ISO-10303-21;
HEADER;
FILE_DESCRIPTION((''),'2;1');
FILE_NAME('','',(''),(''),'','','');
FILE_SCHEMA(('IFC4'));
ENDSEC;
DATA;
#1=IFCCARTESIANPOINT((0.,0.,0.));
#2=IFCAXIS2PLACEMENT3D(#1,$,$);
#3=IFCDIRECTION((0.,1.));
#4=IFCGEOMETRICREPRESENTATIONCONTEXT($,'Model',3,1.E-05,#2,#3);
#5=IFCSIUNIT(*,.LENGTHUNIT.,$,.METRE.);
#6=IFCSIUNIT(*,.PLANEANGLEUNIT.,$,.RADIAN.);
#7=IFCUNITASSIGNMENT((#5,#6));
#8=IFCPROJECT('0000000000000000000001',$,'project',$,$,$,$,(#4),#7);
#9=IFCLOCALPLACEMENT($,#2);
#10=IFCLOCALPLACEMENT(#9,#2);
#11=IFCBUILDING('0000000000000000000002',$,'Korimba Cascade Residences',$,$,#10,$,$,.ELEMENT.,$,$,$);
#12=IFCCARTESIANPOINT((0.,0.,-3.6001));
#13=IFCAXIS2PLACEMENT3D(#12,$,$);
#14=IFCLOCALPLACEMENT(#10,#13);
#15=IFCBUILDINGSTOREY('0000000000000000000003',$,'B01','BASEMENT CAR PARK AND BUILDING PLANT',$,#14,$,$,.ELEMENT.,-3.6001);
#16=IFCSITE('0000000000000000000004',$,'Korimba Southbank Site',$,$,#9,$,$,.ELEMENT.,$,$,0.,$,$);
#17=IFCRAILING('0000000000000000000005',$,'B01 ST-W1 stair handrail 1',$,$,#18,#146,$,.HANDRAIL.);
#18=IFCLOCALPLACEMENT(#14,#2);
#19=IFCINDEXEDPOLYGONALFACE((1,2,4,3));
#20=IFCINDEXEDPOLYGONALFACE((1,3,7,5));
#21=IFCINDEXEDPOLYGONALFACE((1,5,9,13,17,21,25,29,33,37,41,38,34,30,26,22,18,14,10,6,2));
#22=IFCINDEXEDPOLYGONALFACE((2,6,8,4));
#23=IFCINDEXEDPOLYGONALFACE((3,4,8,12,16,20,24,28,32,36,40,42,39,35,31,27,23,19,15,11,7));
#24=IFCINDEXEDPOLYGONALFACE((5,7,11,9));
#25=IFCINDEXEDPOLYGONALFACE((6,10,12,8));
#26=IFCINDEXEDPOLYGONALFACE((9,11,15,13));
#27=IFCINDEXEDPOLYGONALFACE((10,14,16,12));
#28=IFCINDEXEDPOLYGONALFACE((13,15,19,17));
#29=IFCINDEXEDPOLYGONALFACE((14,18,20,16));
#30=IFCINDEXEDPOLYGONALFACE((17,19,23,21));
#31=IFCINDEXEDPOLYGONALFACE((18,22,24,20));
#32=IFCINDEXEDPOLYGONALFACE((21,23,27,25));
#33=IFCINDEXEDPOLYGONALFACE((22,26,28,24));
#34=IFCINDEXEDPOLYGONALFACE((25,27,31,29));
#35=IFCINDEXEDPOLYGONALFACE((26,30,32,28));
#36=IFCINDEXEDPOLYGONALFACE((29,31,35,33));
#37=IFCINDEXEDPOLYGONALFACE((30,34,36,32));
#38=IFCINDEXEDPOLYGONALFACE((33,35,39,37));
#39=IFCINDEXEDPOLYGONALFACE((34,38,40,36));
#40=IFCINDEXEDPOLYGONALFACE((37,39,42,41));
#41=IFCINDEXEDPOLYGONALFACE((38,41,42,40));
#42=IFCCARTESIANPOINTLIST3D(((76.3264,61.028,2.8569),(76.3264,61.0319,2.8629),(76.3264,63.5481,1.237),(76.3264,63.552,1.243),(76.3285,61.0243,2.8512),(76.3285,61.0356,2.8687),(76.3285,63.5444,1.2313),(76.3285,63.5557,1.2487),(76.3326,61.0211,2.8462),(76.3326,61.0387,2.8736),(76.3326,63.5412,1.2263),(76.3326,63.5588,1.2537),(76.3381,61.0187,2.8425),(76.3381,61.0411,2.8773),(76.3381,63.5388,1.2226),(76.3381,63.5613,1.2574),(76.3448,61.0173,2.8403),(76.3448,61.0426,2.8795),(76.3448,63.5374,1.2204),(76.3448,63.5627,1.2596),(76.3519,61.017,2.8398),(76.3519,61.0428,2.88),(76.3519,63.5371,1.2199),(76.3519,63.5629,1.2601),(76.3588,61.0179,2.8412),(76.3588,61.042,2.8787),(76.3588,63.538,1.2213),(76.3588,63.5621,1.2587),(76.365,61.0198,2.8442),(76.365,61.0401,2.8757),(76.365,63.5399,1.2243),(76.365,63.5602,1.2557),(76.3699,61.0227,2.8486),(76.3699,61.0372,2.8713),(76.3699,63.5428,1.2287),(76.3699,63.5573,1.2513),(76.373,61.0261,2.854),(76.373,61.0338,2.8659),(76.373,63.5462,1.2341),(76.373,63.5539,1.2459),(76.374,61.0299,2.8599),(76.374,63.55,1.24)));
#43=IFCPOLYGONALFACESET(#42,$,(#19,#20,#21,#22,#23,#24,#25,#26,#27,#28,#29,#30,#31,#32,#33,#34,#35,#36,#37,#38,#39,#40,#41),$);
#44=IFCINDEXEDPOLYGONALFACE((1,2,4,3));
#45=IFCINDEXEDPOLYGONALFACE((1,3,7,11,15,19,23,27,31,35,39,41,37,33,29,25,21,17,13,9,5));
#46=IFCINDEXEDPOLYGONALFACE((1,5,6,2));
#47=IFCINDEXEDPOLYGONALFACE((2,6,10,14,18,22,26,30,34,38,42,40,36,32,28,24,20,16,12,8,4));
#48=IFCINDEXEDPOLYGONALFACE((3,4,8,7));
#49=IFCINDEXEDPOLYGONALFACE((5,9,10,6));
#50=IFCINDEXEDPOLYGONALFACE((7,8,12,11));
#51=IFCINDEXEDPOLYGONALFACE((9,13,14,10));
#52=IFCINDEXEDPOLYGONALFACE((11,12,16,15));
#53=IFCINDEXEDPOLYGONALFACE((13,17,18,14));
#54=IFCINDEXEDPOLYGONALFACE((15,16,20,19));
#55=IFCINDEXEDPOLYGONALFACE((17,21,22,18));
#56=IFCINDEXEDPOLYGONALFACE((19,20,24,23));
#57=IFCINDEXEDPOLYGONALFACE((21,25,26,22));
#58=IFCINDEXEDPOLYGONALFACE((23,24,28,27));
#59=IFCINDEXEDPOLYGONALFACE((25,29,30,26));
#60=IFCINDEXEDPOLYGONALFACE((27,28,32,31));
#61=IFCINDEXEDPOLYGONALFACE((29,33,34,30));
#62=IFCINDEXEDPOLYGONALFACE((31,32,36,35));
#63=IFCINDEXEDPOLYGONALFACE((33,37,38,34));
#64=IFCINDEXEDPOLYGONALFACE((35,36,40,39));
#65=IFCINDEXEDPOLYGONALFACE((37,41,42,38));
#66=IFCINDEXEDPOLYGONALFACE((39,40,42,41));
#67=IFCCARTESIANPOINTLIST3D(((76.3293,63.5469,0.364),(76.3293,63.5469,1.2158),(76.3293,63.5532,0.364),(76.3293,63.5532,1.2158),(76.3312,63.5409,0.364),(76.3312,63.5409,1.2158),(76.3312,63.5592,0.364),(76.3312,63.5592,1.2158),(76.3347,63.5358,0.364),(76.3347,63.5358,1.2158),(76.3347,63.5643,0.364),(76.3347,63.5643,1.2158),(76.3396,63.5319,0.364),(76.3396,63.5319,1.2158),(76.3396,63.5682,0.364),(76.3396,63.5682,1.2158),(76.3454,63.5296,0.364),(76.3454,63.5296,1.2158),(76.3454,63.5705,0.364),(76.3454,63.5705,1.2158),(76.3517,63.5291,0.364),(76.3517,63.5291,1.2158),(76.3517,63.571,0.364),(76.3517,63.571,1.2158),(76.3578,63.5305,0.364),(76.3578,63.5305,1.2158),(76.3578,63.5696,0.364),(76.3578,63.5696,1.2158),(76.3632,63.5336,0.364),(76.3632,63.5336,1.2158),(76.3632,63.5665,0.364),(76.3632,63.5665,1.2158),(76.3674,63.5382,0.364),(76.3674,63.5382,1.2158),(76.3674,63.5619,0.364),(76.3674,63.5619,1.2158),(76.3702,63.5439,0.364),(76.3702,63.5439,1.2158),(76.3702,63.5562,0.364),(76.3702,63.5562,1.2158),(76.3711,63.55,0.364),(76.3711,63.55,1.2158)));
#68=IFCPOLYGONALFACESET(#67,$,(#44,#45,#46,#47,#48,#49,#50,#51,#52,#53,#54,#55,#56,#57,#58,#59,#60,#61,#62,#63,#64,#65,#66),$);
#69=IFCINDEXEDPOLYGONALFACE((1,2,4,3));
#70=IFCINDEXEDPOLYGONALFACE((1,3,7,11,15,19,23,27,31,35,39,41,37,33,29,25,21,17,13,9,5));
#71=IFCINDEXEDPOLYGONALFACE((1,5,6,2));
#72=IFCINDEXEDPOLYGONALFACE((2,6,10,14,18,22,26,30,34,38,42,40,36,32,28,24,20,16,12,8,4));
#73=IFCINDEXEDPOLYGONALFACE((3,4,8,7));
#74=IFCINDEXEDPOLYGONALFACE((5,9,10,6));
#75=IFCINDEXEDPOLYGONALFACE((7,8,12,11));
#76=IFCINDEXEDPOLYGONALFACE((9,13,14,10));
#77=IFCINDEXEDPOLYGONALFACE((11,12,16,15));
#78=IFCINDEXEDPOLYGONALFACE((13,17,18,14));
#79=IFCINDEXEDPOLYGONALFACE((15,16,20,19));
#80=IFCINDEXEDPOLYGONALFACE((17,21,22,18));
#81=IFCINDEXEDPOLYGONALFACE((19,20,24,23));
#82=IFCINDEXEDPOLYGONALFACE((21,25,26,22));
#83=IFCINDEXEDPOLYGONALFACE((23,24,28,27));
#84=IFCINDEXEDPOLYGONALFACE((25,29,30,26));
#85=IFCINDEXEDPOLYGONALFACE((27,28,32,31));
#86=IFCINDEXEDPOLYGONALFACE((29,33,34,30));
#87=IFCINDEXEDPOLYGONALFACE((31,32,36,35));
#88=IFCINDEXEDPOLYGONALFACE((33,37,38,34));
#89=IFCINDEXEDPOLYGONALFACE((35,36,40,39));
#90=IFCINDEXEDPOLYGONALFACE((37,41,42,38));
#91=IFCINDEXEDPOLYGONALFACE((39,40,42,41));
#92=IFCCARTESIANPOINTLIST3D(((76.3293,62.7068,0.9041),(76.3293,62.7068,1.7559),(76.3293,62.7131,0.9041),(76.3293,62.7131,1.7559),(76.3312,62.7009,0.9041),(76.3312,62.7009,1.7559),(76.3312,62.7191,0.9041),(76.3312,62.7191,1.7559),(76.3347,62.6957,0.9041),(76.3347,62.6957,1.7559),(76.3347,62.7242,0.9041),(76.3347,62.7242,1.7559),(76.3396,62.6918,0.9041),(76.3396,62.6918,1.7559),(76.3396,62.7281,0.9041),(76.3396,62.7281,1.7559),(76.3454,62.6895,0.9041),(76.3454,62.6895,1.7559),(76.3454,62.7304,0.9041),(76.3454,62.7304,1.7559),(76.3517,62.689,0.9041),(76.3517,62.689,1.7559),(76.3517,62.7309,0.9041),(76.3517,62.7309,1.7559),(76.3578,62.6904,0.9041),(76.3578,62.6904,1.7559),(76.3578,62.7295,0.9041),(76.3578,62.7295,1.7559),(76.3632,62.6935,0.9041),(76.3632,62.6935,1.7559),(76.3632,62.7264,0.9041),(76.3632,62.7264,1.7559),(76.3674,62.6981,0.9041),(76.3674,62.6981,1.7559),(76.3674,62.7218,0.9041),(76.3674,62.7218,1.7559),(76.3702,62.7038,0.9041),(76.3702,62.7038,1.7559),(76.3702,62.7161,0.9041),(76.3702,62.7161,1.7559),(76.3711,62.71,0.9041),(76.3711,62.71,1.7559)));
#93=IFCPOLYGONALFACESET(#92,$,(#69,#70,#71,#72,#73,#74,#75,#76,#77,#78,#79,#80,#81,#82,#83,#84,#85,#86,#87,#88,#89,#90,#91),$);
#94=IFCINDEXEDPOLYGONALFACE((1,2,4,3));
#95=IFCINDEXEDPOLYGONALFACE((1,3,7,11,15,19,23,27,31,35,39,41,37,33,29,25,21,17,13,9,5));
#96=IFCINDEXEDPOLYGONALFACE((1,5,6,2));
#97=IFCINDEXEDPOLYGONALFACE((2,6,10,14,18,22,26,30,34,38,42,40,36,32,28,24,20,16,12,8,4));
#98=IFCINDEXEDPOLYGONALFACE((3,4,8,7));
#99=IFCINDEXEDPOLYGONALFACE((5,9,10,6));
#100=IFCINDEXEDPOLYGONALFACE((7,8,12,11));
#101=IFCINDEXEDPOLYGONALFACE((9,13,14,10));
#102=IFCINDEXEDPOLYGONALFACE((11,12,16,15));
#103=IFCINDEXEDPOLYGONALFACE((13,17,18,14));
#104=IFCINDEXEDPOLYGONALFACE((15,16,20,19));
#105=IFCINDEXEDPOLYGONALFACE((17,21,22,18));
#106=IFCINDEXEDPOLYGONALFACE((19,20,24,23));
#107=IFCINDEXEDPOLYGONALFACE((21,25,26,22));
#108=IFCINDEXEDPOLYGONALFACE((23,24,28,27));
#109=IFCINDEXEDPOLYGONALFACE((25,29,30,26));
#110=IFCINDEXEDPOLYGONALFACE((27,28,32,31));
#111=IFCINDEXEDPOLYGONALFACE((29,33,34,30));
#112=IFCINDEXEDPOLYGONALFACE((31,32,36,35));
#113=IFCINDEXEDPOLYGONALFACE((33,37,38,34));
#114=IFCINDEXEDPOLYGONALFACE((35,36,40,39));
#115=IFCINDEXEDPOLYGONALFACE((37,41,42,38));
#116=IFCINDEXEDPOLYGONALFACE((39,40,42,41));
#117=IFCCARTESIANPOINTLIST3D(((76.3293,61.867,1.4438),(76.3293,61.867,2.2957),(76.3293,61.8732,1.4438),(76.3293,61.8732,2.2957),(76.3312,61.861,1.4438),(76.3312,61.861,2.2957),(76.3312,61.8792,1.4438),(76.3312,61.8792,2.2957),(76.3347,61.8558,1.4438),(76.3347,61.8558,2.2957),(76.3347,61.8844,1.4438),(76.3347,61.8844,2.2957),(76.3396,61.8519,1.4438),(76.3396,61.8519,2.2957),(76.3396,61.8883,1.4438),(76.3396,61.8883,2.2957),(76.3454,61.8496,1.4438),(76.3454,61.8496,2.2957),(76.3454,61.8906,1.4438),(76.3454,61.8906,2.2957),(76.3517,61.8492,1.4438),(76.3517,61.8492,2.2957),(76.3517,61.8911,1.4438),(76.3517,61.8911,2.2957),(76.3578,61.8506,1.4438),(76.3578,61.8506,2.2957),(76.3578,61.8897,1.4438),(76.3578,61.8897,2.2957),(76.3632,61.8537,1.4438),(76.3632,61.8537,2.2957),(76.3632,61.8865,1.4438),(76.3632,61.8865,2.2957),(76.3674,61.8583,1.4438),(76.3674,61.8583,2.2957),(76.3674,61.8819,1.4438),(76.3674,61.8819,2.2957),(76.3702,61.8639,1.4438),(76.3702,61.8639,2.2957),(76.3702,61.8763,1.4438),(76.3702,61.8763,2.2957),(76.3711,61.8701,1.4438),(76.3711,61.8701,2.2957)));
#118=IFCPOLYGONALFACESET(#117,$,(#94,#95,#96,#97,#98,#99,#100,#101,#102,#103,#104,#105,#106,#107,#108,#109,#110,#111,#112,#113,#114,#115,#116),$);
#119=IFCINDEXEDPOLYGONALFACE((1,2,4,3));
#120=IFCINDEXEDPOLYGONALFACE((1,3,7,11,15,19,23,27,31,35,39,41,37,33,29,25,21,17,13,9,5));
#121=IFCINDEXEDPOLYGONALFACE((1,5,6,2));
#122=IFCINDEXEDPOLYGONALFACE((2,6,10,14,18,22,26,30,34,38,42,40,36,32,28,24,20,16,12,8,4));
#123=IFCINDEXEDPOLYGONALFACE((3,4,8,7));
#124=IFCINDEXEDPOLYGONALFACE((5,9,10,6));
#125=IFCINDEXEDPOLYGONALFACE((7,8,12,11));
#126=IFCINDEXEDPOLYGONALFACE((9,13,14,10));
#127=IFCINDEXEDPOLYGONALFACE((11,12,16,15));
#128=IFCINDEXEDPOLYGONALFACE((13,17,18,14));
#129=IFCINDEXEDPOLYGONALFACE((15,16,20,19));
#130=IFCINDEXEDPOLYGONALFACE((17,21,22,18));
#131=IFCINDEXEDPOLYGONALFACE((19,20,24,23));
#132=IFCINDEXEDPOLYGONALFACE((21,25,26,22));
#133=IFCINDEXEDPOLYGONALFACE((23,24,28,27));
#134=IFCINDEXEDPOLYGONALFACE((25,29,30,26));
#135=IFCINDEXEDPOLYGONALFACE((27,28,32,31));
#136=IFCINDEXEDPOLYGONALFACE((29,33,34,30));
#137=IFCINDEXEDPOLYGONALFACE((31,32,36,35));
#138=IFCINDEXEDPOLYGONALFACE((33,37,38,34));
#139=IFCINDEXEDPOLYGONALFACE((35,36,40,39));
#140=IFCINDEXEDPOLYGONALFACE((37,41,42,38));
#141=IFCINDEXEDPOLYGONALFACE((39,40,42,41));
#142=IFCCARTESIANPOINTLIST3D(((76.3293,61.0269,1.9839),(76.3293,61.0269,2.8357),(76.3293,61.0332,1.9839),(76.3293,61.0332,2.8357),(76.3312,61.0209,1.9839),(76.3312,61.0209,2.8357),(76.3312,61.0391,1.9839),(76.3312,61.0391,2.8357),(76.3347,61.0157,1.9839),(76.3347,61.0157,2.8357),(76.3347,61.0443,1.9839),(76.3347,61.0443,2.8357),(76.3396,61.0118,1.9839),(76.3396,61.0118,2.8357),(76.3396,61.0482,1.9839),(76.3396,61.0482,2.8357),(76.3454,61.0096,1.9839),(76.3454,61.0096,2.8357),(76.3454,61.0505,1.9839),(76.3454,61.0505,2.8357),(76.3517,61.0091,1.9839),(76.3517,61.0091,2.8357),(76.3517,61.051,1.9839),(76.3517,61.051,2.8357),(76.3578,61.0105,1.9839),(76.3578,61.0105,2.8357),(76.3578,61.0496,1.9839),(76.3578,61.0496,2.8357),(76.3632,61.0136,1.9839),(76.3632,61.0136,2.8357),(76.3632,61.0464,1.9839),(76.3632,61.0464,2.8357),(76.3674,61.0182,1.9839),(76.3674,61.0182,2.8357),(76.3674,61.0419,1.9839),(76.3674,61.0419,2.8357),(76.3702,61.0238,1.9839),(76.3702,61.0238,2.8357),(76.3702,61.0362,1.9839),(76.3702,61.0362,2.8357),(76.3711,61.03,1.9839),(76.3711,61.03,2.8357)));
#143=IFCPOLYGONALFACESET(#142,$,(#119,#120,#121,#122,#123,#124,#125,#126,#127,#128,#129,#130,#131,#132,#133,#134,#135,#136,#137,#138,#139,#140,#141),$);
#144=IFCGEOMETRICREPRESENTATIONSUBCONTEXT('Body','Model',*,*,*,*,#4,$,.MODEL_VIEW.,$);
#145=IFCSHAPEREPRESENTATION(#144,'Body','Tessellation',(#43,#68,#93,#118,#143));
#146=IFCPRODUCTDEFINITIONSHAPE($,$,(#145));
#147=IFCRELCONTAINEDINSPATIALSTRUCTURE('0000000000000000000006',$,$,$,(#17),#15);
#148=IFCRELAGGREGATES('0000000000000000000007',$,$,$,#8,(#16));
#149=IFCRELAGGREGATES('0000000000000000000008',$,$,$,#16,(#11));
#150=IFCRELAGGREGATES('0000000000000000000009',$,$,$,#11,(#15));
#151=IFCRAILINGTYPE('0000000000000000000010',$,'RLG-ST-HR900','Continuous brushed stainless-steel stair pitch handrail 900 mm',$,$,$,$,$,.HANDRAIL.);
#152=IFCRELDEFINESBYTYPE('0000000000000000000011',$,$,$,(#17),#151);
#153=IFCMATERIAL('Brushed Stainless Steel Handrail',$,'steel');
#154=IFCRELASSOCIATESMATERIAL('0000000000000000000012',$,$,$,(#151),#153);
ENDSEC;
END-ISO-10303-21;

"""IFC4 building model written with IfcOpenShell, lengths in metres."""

from ifc_helpers import new_model, si_unit, direction, frame, origin, origin_2d, place, context, subcontext, project, spatial, circle, extrude, material, type_object, element, save


model = new_model("IFC4")

# Units and contexts
model_context = context("Model", 3, precision=1e-05, world=origin(), true_north=direction((0.0, 1.0)))
body_context = subcontext(model_context, "Body", "Model", "MODEL_VIEW")
ifc_project = project(units=[si_unit("LENGTHUNIT", "METRE"), si_unit("PLANEANGLEUNIT", "RADIAN")], contexts=[model_context])

# Site, building, storey
site_placement = place(None, origin())
site = spatial("IfcSite", under=ifc_project, at=site_placement, Name="Korimba Southbank Site", CompositionType="ELEMENT", RefElevation=0.0)
building_placement = place(site_placement, origin())
building = spatial("IfcBuilding", under=site, at=building_placement, Name="Korimba Cascade Residences", CompositionType="ELEMENT")
storey_placement = place(building_placement, frame((0.0, 0.0, -3.6001)))
storey = spatial("IfcBuildingStorey", under=building, at=storey_placement, Name="B01", Description="BASEMENT CAR PARK AND BUILDING PLANT", CompositionType="ELEMENT", Elevation=-3.6001)

# Railing
ifc_material_1 = material(Name="Brushed Stainless Steel Handrail", Category="steel")
railing_type_1 = type_object("IfcRailingType", Name="RLG-ST-HR900", Description="Continuous brushed stainless-steel stair pitch handrail 900 mm", PredefinedType="HANDRAIL", material=ifc_material_1)
railing_1_placement = place(storey_placement, frame((76.3501, 63.55, 0.364)))
element("IfcRailing", 1, at=railing_1_placement, inside=storey, type_object=railing_type_1, Name="B01 ST-W1 stair handrail 1", PredefinedType="HANDRAIL", context=body_context, shape_type="SweptSolid", body=[
    extrude(circle(Radius=0.0239, at=origin_2d()), frame((0.0, 0.0, 0.876), z_axis=(0.0, -0.8412, 0.540725), x_axis=(1.0, 0.0, 0.0)), (0.0, 0.0, 1.0), 2.9958),
    extrude(circle(Radius=0.021, at=origin_2d()), origin(), (0.0, 0.0, 1.0), 0.8518),
    extrude(circle(Radius=0.021, at=origin_2d()), frame((0.0, -0.8401, 0.54)), (0.0, 0.0, 1.0), 0.8518),
    extrude(circle(Radius=0.021, at=origin_2d()), frame((0.0, -1.6799, 1.0798)), (0.0, 0.0, 1.0), 0.8518),
    extrude(circle(Radius=0.021, at=origin_2d()), frame((0.0, -2.52, 1.6199)), (0.0, 0.0, 1.0), 0.8518),
])

save(model, "model.ifc")
